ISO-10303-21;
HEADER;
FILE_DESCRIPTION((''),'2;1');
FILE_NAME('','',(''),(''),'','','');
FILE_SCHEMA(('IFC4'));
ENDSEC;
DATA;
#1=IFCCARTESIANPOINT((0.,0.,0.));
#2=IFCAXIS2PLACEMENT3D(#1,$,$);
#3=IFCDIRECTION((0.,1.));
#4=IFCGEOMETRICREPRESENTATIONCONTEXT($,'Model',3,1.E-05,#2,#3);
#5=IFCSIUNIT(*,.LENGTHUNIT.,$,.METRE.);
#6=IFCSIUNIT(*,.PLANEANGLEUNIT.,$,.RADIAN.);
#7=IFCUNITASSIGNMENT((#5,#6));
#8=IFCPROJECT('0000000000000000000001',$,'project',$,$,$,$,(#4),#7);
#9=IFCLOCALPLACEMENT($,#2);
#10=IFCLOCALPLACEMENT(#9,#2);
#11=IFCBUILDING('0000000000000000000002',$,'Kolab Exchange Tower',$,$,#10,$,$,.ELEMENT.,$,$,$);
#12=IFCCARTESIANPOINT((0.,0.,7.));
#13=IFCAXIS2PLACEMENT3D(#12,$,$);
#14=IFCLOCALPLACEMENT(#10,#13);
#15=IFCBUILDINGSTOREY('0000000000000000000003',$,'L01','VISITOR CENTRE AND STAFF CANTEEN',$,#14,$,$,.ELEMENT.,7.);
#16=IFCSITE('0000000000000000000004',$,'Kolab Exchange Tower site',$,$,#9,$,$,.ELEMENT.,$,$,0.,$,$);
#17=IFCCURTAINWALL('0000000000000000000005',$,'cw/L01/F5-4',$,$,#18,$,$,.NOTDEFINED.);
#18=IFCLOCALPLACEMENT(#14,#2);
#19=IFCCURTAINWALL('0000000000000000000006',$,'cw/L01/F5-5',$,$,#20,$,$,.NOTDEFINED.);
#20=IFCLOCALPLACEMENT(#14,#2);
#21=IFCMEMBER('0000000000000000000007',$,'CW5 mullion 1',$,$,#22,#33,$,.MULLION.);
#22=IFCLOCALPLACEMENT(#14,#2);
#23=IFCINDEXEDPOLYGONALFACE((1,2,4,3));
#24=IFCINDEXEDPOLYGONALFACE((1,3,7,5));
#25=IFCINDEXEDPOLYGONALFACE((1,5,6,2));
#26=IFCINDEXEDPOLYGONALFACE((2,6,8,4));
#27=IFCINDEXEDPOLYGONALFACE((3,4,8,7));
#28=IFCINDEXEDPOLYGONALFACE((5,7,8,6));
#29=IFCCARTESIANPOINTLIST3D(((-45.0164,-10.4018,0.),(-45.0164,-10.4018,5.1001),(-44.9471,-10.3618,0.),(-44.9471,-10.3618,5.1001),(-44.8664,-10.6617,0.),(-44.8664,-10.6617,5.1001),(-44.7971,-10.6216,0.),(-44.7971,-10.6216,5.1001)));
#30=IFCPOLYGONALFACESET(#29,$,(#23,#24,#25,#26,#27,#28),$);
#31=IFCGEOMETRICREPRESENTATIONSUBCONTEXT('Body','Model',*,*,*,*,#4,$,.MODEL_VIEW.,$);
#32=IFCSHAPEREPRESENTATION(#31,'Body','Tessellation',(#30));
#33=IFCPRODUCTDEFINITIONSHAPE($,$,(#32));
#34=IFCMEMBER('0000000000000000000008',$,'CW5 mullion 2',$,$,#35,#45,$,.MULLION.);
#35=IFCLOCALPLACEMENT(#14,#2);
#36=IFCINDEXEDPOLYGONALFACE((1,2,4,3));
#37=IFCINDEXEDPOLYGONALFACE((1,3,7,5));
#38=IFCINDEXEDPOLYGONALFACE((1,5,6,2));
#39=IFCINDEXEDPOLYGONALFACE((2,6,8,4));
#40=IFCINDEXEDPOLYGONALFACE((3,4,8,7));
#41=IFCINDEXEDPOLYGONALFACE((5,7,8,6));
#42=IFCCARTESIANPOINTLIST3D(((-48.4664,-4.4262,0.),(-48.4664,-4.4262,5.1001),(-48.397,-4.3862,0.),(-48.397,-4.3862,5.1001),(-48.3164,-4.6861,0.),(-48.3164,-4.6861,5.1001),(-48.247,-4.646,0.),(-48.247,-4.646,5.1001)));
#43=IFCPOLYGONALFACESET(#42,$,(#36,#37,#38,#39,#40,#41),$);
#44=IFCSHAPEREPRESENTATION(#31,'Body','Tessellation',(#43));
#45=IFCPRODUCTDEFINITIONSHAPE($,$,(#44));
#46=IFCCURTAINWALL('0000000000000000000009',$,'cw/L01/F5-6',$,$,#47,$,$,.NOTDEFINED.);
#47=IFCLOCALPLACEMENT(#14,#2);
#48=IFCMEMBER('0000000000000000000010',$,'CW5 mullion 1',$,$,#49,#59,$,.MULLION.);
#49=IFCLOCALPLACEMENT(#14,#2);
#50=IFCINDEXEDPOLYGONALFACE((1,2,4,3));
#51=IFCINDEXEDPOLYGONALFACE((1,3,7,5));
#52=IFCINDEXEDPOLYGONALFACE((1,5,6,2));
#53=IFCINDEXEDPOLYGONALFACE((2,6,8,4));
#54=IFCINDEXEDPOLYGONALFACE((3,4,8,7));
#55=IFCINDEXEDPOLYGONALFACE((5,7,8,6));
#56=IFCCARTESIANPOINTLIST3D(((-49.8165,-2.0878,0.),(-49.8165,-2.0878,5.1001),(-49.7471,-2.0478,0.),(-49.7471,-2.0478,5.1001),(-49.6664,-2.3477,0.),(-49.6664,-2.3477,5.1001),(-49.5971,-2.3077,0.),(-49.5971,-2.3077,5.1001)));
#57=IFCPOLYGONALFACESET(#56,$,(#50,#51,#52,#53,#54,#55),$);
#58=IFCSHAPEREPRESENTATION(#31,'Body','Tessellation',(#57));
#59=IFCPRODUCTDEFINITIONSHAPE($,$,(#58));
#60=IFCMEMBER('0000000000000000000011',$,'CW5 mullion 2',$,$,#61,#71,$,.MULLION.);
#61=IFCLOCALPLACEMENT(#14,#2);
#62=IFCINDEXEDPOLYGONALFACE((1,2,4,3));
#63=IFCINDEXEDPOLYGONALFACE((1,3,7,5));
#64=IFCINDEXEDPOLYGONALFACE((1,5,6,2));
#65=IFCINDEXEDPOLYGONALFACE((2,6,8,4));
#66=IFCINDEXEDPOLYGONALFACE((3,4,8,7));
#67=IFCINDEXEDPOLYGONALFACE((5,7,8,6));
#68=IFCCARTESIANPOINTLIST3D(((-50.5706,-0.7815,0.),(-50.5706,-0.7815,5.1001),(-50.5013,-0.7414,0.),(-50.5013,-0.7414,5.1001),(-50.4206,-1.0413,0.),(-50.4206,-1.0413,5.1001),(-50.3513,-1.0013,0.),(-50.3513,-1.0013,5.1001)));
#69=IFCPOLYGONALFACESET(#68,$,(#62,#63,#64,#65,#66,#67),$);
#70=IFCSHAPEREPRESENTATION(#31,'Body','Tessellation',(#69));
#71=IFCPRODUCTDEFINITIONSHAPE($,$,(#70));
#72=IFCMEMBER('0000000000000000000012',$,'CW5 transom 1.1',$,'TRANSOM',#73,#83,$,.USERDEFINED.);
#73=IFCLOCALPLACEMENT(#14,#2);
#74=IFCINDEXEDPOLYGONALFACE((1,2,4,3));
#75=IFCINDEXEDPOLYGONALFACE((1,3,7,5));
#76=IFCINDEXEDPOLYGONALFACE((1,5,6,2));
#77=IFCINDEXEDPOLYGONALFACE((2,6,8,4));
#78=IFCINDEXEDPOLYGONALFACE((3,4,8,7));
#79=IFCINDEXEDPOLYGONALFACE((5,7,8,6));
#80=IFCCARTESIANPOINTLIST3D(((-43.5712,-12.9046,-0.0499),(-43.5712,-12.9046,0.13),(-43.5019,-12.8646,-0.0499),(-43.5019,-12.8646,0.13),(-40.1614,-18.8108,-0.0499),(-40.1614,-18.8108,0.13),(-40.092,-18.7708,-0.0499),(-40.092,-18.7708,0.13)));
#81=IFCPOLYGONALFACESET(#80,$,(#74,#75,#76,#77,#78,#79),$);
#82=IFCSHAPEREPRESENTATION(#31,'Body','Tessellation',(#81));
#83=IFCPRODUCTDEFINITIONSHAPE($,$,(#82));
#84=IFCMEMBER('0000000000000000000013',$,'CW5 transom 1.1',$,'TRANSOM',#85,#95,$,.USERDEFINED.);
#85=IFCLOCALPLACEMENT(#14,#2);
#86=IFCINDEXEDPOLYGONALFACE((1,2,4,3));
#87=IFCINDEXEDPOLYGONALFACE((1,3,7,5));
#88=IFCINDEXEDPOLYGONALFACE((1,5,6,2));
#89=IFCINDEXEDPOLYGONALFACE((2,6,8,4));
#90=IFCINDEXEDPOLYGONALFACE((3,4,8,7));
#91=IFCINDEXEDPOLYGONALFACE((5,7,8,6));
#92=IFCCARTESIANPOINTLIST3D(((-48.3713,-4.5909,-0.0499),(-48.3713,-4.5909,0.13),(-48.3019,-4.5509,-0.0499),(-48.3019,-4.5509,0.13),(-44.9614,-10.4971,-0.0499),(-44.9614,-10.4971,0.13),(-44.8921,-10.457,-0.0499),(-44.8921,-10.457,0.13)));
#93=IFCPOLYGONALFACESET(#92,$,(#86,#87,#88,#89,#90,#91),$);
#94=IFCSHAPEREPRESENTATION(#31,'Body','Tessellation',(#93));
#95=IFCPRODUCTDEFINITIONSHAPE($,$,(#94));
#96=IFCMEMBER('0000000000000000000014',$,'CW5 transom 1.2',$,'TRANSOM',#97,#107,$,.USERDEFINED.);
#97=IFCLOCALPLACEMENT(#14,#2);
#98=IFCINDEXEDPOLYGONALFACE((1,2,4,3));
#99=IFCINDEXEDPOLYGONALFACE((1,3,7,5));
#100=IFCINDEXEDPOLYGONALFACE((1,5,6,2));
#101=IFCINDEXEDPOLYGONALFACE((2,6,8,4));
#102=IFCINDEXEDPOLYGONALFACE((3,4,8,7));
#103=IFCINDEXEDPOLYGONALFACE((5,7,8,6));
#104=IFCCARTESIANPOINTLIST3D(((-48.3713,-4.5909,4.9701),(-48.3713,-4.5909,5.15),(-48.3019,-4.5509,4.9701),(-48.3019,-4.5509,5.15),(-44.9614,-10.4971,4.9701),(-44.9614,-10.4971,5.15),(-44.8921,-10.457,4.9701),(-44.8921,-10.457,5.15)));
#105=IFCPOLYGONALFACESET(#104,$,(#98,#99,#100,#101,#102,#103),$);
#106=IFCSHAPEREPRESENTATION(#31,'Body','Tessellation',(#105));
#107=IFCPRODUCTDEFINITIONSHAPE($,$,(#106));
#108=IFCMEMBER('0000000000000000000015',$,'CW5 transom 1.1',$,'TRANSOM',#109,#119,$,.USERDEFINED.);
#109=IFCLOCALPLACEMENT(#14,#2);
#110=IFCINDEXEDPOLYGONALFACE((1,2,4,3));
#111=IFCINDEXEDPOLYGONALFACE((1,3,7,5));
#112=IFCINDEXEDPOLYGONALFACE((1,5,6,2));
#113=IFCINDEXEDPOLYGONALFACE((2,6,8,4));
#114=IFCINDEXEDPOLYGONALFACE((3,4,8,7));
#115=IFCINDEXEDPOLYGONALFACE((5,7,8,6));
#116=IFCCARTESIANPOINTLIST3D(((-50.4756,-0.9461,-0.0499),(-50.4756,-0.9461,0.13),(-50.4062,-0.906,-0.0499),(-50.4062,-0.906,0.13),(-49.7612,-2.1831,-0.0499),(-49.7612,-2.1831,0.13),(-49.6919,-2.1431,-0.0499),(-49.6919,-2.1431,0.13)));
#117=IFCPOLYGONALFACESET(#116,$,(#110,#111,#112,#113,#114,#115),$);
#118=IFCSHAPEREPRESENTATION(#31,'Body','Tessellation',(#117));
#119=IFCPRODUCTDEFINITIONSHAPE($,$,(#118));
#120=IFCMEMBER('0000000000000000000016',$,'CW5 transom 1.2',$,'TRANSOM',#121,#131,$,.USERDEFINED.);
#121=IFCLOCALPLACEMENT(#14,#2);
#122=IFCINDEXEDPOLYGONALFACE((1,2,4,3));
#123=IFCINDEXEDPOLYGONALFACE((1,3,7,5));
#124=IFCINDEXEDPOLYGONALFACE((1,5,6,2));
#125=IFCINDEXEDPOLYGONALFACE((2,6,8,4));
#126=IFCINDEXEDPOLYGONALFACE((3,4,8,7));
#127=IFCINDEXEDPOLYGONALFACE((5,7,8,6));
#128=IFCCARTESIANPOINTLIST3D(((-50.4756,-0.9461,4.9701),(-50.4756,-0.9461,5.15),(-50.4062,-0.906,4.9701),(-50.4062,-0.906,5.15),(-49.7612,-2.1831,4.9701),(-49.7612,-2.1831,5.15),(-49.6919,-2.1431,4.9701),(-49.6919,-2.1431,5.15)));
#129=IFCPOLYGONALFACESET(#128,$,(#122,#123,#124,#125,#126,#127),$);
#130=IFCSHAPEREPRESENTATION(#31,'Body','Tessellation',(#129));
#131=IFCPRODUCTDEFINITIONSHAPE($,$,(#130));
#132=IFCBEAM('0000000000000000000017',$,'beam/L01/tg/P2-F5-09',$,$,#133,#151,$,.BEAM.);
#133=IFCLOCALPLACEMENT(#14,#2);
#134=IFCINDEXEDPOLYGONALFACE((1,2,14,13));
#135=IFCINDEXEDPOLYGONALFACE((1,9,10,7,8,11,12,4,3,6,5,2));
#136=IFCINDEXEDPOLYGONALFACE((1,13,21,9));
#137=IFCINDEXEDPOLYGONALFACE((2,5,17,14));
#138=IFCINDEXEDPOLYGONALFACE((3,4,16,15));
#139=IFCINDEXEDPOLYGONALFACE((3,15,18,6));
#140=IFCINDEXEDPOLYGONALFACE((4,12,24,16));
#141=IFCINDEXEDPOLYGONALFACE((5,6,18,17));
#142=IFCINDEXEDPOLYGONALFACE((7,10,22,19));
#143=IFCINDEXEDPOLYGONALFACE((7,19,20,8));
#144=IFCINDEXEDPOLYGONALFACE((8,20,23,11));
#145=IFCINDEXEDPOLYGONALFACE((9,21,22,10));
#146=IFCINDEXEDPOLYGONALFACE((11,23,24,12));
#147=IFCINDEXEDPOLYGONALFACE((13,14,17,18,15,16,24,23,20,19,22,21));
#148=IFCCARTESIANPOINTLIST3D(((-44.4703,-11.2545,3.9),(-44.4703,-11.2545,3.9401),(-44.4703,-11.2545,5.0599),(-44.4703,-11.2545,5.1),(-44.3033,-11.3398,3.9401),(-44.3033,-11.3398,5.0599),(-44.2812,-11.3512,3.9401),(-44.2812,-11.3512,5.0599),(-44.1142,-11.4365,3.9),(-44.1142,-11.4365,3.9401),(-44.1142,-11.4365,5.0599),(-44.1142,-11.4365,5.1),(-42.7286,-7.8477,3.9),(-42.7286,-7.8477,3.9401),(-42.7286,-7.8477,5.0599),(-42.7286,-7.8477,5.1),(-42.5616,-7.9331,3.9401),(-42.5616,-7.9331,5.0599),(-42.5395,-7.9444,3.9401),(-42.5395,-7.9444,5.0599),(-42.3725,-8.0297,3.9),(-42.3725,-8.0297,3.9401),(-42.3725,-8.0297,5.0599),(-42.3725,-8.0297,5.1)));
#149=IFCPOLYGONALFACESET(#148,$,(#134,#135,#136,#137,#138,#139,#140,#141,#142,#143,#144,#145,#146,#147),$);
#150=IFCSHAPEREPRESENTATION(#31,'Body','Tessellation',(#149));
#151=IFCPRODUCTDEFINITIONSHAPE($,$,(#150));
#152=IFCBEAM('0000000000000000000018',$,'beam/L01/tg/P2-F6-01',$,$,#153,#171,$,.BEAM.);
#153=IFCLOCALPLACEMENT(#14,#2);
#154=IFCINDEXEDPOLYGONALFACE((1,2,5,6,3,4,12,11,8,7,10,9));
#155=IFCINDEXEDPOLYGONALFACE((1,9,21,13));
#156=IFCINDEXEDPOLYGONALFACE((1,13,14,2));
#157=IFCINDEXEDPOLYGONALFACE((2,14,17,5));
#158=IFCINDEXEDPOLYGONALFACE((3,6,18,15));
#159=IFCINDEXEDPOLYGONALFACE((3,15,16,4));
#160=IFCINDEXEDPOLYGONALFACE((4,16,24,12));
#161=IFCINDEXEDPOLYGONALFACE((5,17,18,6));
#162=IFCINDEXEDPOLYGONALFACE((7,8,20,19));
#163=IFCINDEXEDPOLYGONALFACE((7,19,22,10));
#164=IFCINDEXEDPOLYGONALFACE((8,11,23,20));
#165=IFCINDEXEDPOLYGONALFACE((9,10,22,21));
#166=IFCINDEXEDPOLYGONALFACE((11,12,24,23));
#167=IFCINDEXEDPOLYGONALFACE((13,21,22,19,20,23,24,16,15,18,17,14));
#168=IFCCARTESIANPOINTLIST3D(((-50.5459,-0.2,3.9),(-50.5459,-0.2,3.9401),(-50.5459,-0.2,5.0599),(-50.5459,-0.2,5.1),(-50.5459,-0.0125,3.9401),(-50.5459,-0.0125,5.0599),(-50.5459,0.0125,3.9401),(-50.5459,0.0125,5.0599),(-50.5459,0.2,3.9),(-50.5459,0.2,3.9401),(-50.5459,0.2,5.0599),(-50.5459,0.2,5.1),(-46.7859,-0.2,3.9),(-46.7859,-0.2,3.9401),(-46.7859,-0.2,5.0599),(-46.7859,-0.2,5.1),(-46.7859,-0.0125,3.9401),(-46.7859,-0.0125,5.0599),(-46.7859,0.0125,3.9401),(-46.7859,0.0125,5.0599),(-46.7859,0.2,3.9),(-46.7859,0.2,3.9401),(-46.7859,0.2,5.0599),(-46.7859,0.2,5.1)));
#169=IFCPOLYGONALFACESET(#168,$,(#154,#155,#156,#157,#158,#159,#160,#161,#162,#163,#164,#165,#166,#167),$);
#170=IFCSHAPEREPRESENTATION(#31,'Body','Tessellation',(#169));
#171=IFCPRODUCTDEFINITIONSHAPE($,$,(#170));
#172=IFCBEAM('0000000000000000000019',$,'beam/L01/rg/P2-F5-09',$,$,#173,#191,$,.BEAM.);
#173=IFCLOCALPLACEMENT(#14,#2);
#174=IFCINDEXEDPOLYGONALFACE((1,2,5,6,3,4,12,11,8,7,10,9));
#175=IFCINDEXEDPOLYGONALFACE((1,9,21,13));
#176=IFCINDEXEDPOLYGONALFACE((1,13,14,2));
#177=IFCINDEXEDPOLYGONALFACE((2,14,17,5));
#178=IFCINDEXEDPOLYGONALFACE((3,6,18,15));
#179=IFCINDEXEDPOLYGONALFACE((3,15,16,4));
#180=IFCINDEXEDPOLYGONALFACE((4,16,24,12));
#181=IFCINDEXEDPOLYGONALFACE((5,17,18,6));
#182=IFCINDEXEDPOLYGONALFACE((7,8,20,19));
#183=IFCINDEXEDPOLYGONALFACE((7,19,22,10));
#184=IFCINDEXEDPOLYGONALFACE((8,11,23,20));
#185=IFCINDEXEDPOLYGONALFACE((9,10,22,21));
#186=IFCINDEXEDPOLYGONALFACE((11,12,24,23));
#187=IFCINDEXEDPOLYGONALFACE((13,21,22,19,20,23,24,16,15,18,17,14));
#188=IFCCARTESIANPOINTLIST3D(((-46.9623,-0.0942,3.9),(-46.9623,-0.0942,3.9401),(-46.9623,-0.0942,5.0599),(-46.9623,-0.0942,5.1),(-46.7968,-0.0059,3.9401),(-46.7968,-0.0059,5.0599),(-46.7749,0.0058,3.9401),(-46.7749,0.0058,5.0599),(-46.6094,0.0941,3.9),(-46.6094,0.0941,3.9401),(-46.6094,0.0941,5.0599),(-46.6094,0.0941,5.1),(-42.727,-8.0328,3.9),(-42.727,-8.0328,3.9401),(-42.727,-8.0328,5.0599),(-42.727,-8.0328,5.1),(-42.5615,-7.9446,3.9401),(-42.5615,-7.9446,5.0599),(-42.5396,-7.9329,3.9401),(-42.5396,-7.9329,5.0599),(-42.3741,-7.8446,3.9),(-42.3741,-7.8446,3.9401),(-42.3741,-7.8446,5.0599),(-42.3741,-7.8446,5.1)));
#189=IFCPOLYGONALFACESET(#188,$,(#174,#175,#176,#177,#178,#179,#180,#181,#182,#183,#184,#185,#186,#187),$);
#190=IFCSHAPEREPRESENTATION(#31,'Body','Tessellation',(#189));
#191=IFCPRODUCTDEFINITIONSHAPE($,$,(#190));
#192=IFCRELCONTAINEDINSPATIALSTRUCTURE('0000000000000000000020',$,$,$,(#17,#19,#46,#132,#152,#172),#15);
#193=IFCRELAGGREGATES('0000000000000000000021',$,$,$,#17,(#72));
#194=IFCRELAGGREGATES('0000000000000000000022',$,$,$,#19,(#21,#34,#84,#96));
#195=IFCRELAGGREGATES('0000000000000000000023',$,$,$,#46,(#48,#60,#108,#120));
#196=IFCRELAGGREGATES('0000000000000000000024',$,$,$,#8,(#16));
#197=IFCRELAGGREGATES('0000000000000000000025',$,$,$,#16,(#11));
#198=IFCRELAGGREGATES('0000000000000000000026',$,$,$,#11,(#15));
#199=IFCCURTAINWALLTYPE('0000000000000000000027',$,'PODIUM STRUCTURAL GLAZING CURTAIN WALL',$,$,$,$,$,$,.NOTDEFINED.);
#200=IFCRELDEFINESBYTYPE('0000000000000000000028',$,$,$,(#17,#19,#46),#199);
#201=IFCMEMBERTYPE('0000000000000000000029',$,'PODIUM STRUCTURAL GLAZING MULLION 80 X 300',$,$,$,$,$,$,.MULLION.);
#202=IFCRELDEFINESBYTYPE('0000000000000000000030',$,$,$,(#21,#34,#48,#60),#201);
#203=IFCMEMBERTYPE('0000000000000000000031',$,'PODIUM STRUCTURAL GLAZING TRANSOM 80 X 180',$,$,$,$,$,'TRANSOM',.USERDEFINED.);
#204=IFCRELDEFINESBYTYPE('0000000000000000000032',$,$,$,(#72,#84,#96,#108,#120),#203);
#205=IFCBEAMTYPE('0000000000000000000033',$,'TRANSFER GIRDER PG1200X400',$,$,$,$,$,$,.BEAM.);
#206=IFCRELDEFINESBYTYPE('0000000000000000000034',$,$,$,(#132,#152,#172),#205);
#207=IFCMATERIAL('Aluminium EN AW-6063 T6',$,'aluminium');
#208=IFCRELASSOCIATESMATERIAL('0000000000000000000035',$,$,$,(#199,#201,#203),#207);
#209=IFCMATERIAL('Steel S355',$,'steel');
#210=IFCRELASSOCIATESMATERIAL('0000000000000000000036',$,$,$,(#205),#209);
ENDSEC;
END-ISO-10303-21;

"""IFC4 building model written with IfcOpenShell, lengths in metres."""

from ifc_helpers import new_model, si_unit, direction, frame, origin, origin_2d, place, context, subcontext, project, spatial, rectangle, i_section, extrude, material, material_profile, profile_set, type_object, element, aggregate, save


model = new_model("IFC4")

# Units and contexts
model_context = context("Model", 3, precision=1e-05, world=origin(), true_north=direction((0.0, 1.0)))
body_context = subcontext(model_context, "Body", "Model", "MODEL_VIEW")
ifc_project = project(units=[si_unit("LENGTHUNIT", "METRE"), si_unit("PLANEANGLEUNIT", "RADIAN")], contexts=[model_context])

# Site, building, storey
site_placement = place(None, origin())
site = spatial("IfcSite", under=ifc_project, at=site_placement, Name="Kolab Exchange Tower site", CompositionType="ELEMENT", RefElevation=0.0)
building_placement = place(site_placement, origin())
building = spatial("IfcBuilding", under=site, at=building_placement, Name="Kolab Exchange Tower", CompositionType="ELEMENT")
storey_placement = place(building_placement, frame((0.0, 0.0, 7.0)))
storey = spatial("IfcBuildingStorey", under=building, at=storey_placement, Name="L01", Description="VISITOR CENTRE AND STAFF CANTEEN", CompositionType="ELEMENT", Elevation=7.0)

# Shared definitions
ifc_material_1 = material(Name="Steel S355", Category="steel")

# Curtain wall
ifc_material_2 = material(Name="Aluminium EN AW-6063 T6", Category="aluminium")
curtain_wall_type = type_object("IfcCurtainWallType", Name="PODIUM STRUCTURAL GLAZING CURTAIN WALL", PredefinedType="NOTDEFINED", material=ifc_material_2)
curtain_wall_1_placement = place(storey_placement, origin())
curtain_wall_1 = element("IfcCurtainWall", 1, at=curtain_wall_1_placement, inside=storey, type_object=curtain_wall_type, Name="cw/L01/F5-4", PredefinedType="NOTDEFINED")
ifc_material_profile_1 = material_profile(ifc_material_2, rectangle(XDim=0.0801, YDim=0.3, at=origin_2d()), Name="RECT 80X300")
ifc_profile_set_1 = profile_set([ifc_material_profile_1], Name="Aluminium EN AW-6063 T6")
member_type_1 = type_object("IfcMemberType", Name="PODIUM STRUCTURAL GLAZING MULLION 80 X 300", PredefinedType="MULLION", material=ifc_profile_set_1)

# Curtain walls, members
curtain_wall_2_placement = place(storey_placement, origin())
curtain_wall_2 = element("IfcCurtainWall", 2, at=curtain_wall_2_placement, inside=storey, type_object=curtain_wall_type, Name="cw/L01/F5-5", PredefinedType="NOTDEFINED")
member_1_placement = place(storey_placement, frame((-44.9067, -10.5117, 0.0), z_axis=(0.0, 0.0, 1.0), x_axis=(-0.866025, -0.5, 0.0)))
member_1 = element("IfcMember", 3, at=member_1_placement, type_object=member_type_1, Name="CW5 mullion 1", PredefinedType="MULLION", context=body_context, shape_type="SweptSolid", body=[
    extrude(rectangle(XDim=0.0801, YDim=0.3, at=origin_2d()), origin(), (0.0, 0.0, 1.0), 5.1001),
])
member_2_placement = place(storey_placement, frame((-48.3567, -4.5361, 0.0), z_axis=(0.0, 0.0, 1.0), x_axis=(-0.866025, -0.5, 0.0)))
member_2 = element("IfcMember", 4, at=member_2_placement, type_object=member_type_1, Name="CW5 mullion 2", PredefinedType="MULLION", context=body_context, shape_type="SweptSolid", body=[
    extrude(rectangle(XDim=0.0801, YDim=0.3, at=origin_2d()), origin(), (0.0, 0.0, 1.0), 5.1001),
])
curtain_wall_3_placement = place(storey_placement, origin())
curtain_wall_3 = element("IfcCurtainWall", 5, at=curtain_wall_3_placement, inside=storey, type_object=curtain_wall_type, Name="cw/L01/F5-6", PredefinedType="NOTDEFINED")
member_3_placement = place(storey_placement, frame((-49.7068, -2.1978, 0.0), z_axis=(0.0, 0.0, 1.0), x_axis=(-0.866025, -0.5, 0.0)))
member_3 = element("IfcMember", 6, at=member_3_placement, type_object=member_type_1, Name="CW5 mullion 1", PredefinedType="MULLION", context=body_context, shape_type="SweptSolid", body=[
    extrude(rectangle(XDim=0.0801, YDim=0.3, at=origin_2d()), origin(), (0.0, 0.0, 1.0), 5.1001),
])
member_4_placement = place(storey_placement, frame((-50.4609, -0.8914, 0.0), z_axis=(0.0, 0.0, 1.0), x_axis=(-0.866025, -0.5, 0.0)))
member_4 = element("IfcMember", 7, at=member_4_placement, type_object=member_type_1, Name="CW5 mullion 2", PredefinedType="MULLION", context=body_context, shape_type="SweptSolid", body=[
    extrude(rectangle(XDim=0.0801, YDim=0.3, at=origin_2d()), origin(), (0.0, 0.0, 1.0), 5.1001),
])

# Members
ifc_material_profile_2 = material_profile(ifc_material_2, rectangle(XDim=0.0801, YDim=0.1799, at=origin_2d()), Name="RECT 80X180")
ifc_profile_set_2 = profile_set([ifc_material_profile_2], Name="Aluminium EN AW-6063 T6")
member_type_2 = type_object("IfcMemberType", Name="PODIUM STRUCTURAL GLAZING TRANSOM 80 X 180", ElementType="TRANSOM", PredefinedType="USERDEFINED", material=ifc_profile_set_2)
member_5_placement = place(storey_placement, frame((-40.1267, -18.7908, 0.04), z_axis=(-0.499993, 0.866029, 0.0), x_axis=(-0.866029, -0.499993, 0.0)))
member_5 = element("IfcMember", 8, at=member_5_placement, type_object=member_type_2, Name="CW5 transom 1.1", ObjectType="TRANSOM", PredefinedType="USERDEFINED", context=body_context, shape_type="SweptSolid", body=[
    extrude(rectangle(XDim=0.0801, YDim=0.1799, at=origin_2d()), origin(), (0.0, 0.0, 1.0), 6.8198),
])
member_6_placement = place(storey_placement, frame((-44.9268, -10.4771, 0.04), z_axis=(-0.499993, 0.866029, 0.0), x_axis=(-0.866029, -0.499993, 0.0)))
member_6 = element("IfcMember", 9, at=member_6_placement, type_object=member_type_2, Name="CW5 transom 1.1", ObjectType="TRANSOM", PredefinedType="USERDEFINED", context=body_context, shape_type="SweptSolid", body=[
    extrude(rectangle(XDim=0.0801, YDim=0.1799, at=origin_2d()), origin(), (0.0, 0.0, 1.0), 6.8198),
])
member_7_placement = place(storey_placement, frame((-44.9268, -10.4771, 5.0601), z_axis=(-0.499993, 0.866029, 0.0), x_axis=(-0.866029, -0.499993, 0.0)))
member_7 = element("IfcMember", 10, at=member_7_placement, type_object=member_type_2, Name="CW5 transom 1.2", ObjectType="TRANSOM", PredefinedType="USERDEFINED", context=body_context, shape_type="SweptSolid", body=[
    extrude(rectangle(XDim=0.0801, YDim=0.1799, at=origin_2d()), origin(), (0.0, 0.0, 1.0), 6.8198),
])
member_8_placement = place(storey_placement, frame((-49.7266, -2.1631, 0.04), z_axis=(-0.500073, 0.865984, 0.0), x_axis=(-0.865984, -0.500073, 0.0)))
member_8 = element("IfcMember", 11, at=member_8_placement, type_object=member_type_2, Name="CW5 transom 1.1", ObjectType="TRANSOM", PredefinedType="USERDEFINED", context=body_context, shape_type="SweptSolid", body=[
    extrude(rectangle(XDim=0.0801, YDim=0.1799, at=origin_2d()), origin(), (0.0, 0.0, 1.0), 1.4285),
])
member_9_placement = place(storey_placement, frame((-49.7266, -2.1631, 5.0601), z_axis=(-0.500073, 0.865984, 0.0), x_axis=(-0.865984, -0.500073, 0.0)))
member_9 = element("IfcMember", 12, at=member_9_placement, type_object=member_type_2, Name="CW5 transom 1.2", ObjectType="TRANSOM", PredefinedType="USERDEFINED", context=body_context, shape_type="SweptSolid", body=[
    extrude(rectangle(XDim=0.0801, YDim=0.1799, at=origin_2d()), origin(), (0.0, 0.0, 1.0), 1.4285),
])

# Beams
ifc_material_profile_3 = material_profile(ifc_material_1, i_section(OverallWidth=0.3999, OverallDepth=1.2, WebThickness=0.0249, FlangeThickness=0.04, at=origin_2d()), Name="PG1200X400")
ifc_profile_set_3 = profile_set([ifc_material_profile_3], Name="Steel S355")
beam_type_1 = type_object("IfcBeamType", Name="TRANSFER GIRDER PG1200X400", PredefinedType="BEAM", material=ifc_profile_set_3)
beam_1_placement = place(storey_placement, frame((-42.5505, -7.9387, 4.5), z_axis=(-0.45521, -0.890384, 0.0), x_axis=(0.890384, -0.45521, 0.0)))
element("IfcBeam", 13, at=beam_1_placement, inside=storey, type_object=beam_type_1, Name="beam/L01/tg/P2-F5-09", PredefinedType="BEAM", context=body_context, shape_type="SweptSolid", body=[
    extrude(i_section(OverallWidth=0.3999, OverallDepth=1.2, WebThickness=0.0249, FlangeThickness=0.04, at=origin_2d()), origin(), (0.0, 0.0, 1.0), 3.8262),
])
beam_2_placement = place(storey_placement, frame((-46.7859, 0.0, 4.5), z_axis=(-1.0, 0.0, 0.0), x_axis=(0.0, -1.0, 0.0)))
element("IfcBeam", 14, at=beam_2_placement, inside=storey, type_object=beam_type_1, Name="beam/L01/tg/P2-F6-01", PredefinedType="BEAM", context=body_context, shape_type="SweptSolid", body=[
    extrude(i_section(OverallWidth=0.3999, OverallDepth=1.2, WebThickness=0.0249, FlangeThickness=0.04, at=origin_2d()), origin(), (0.0, 0.0, 1.0), 3.76),
])
for number, where, z_axis, x_axis, name in (
    (15, (-42.5505, -7.9387, 4.5), (-0.470707, 0.88229, 0.0), (-0.88229, -0.470707, 0.0), "beam/L01/rg/P2-F5-09"),
):
    element("IfcBeam", number, at=place(storey_placement, frame(where, z_axis=z_axis, x_axis=x_axis)), inside=storey, type_object=beam_type_1, Name=name, PredefinedType="BEAM", context=body_context, shape_type="SweptSolid", body=[
        extrude(i_section(OverallWidth=0.3999, OverallDepth=1.2, WebThickness=0.0249, FlangeThickness=0.04, at=origin_2d()), origin(), (0.0, 0.0, 1.0), 8.9978),
    ])

aggregate(curtain_wall_1, [member_5])
aggregate(curtain_wall_2, [member_1, member_2, member_6, member_7])
aggregate(curtain_wall_3, [member_3, member_4, member_8, member_9])

save(model, "model.ifc")
